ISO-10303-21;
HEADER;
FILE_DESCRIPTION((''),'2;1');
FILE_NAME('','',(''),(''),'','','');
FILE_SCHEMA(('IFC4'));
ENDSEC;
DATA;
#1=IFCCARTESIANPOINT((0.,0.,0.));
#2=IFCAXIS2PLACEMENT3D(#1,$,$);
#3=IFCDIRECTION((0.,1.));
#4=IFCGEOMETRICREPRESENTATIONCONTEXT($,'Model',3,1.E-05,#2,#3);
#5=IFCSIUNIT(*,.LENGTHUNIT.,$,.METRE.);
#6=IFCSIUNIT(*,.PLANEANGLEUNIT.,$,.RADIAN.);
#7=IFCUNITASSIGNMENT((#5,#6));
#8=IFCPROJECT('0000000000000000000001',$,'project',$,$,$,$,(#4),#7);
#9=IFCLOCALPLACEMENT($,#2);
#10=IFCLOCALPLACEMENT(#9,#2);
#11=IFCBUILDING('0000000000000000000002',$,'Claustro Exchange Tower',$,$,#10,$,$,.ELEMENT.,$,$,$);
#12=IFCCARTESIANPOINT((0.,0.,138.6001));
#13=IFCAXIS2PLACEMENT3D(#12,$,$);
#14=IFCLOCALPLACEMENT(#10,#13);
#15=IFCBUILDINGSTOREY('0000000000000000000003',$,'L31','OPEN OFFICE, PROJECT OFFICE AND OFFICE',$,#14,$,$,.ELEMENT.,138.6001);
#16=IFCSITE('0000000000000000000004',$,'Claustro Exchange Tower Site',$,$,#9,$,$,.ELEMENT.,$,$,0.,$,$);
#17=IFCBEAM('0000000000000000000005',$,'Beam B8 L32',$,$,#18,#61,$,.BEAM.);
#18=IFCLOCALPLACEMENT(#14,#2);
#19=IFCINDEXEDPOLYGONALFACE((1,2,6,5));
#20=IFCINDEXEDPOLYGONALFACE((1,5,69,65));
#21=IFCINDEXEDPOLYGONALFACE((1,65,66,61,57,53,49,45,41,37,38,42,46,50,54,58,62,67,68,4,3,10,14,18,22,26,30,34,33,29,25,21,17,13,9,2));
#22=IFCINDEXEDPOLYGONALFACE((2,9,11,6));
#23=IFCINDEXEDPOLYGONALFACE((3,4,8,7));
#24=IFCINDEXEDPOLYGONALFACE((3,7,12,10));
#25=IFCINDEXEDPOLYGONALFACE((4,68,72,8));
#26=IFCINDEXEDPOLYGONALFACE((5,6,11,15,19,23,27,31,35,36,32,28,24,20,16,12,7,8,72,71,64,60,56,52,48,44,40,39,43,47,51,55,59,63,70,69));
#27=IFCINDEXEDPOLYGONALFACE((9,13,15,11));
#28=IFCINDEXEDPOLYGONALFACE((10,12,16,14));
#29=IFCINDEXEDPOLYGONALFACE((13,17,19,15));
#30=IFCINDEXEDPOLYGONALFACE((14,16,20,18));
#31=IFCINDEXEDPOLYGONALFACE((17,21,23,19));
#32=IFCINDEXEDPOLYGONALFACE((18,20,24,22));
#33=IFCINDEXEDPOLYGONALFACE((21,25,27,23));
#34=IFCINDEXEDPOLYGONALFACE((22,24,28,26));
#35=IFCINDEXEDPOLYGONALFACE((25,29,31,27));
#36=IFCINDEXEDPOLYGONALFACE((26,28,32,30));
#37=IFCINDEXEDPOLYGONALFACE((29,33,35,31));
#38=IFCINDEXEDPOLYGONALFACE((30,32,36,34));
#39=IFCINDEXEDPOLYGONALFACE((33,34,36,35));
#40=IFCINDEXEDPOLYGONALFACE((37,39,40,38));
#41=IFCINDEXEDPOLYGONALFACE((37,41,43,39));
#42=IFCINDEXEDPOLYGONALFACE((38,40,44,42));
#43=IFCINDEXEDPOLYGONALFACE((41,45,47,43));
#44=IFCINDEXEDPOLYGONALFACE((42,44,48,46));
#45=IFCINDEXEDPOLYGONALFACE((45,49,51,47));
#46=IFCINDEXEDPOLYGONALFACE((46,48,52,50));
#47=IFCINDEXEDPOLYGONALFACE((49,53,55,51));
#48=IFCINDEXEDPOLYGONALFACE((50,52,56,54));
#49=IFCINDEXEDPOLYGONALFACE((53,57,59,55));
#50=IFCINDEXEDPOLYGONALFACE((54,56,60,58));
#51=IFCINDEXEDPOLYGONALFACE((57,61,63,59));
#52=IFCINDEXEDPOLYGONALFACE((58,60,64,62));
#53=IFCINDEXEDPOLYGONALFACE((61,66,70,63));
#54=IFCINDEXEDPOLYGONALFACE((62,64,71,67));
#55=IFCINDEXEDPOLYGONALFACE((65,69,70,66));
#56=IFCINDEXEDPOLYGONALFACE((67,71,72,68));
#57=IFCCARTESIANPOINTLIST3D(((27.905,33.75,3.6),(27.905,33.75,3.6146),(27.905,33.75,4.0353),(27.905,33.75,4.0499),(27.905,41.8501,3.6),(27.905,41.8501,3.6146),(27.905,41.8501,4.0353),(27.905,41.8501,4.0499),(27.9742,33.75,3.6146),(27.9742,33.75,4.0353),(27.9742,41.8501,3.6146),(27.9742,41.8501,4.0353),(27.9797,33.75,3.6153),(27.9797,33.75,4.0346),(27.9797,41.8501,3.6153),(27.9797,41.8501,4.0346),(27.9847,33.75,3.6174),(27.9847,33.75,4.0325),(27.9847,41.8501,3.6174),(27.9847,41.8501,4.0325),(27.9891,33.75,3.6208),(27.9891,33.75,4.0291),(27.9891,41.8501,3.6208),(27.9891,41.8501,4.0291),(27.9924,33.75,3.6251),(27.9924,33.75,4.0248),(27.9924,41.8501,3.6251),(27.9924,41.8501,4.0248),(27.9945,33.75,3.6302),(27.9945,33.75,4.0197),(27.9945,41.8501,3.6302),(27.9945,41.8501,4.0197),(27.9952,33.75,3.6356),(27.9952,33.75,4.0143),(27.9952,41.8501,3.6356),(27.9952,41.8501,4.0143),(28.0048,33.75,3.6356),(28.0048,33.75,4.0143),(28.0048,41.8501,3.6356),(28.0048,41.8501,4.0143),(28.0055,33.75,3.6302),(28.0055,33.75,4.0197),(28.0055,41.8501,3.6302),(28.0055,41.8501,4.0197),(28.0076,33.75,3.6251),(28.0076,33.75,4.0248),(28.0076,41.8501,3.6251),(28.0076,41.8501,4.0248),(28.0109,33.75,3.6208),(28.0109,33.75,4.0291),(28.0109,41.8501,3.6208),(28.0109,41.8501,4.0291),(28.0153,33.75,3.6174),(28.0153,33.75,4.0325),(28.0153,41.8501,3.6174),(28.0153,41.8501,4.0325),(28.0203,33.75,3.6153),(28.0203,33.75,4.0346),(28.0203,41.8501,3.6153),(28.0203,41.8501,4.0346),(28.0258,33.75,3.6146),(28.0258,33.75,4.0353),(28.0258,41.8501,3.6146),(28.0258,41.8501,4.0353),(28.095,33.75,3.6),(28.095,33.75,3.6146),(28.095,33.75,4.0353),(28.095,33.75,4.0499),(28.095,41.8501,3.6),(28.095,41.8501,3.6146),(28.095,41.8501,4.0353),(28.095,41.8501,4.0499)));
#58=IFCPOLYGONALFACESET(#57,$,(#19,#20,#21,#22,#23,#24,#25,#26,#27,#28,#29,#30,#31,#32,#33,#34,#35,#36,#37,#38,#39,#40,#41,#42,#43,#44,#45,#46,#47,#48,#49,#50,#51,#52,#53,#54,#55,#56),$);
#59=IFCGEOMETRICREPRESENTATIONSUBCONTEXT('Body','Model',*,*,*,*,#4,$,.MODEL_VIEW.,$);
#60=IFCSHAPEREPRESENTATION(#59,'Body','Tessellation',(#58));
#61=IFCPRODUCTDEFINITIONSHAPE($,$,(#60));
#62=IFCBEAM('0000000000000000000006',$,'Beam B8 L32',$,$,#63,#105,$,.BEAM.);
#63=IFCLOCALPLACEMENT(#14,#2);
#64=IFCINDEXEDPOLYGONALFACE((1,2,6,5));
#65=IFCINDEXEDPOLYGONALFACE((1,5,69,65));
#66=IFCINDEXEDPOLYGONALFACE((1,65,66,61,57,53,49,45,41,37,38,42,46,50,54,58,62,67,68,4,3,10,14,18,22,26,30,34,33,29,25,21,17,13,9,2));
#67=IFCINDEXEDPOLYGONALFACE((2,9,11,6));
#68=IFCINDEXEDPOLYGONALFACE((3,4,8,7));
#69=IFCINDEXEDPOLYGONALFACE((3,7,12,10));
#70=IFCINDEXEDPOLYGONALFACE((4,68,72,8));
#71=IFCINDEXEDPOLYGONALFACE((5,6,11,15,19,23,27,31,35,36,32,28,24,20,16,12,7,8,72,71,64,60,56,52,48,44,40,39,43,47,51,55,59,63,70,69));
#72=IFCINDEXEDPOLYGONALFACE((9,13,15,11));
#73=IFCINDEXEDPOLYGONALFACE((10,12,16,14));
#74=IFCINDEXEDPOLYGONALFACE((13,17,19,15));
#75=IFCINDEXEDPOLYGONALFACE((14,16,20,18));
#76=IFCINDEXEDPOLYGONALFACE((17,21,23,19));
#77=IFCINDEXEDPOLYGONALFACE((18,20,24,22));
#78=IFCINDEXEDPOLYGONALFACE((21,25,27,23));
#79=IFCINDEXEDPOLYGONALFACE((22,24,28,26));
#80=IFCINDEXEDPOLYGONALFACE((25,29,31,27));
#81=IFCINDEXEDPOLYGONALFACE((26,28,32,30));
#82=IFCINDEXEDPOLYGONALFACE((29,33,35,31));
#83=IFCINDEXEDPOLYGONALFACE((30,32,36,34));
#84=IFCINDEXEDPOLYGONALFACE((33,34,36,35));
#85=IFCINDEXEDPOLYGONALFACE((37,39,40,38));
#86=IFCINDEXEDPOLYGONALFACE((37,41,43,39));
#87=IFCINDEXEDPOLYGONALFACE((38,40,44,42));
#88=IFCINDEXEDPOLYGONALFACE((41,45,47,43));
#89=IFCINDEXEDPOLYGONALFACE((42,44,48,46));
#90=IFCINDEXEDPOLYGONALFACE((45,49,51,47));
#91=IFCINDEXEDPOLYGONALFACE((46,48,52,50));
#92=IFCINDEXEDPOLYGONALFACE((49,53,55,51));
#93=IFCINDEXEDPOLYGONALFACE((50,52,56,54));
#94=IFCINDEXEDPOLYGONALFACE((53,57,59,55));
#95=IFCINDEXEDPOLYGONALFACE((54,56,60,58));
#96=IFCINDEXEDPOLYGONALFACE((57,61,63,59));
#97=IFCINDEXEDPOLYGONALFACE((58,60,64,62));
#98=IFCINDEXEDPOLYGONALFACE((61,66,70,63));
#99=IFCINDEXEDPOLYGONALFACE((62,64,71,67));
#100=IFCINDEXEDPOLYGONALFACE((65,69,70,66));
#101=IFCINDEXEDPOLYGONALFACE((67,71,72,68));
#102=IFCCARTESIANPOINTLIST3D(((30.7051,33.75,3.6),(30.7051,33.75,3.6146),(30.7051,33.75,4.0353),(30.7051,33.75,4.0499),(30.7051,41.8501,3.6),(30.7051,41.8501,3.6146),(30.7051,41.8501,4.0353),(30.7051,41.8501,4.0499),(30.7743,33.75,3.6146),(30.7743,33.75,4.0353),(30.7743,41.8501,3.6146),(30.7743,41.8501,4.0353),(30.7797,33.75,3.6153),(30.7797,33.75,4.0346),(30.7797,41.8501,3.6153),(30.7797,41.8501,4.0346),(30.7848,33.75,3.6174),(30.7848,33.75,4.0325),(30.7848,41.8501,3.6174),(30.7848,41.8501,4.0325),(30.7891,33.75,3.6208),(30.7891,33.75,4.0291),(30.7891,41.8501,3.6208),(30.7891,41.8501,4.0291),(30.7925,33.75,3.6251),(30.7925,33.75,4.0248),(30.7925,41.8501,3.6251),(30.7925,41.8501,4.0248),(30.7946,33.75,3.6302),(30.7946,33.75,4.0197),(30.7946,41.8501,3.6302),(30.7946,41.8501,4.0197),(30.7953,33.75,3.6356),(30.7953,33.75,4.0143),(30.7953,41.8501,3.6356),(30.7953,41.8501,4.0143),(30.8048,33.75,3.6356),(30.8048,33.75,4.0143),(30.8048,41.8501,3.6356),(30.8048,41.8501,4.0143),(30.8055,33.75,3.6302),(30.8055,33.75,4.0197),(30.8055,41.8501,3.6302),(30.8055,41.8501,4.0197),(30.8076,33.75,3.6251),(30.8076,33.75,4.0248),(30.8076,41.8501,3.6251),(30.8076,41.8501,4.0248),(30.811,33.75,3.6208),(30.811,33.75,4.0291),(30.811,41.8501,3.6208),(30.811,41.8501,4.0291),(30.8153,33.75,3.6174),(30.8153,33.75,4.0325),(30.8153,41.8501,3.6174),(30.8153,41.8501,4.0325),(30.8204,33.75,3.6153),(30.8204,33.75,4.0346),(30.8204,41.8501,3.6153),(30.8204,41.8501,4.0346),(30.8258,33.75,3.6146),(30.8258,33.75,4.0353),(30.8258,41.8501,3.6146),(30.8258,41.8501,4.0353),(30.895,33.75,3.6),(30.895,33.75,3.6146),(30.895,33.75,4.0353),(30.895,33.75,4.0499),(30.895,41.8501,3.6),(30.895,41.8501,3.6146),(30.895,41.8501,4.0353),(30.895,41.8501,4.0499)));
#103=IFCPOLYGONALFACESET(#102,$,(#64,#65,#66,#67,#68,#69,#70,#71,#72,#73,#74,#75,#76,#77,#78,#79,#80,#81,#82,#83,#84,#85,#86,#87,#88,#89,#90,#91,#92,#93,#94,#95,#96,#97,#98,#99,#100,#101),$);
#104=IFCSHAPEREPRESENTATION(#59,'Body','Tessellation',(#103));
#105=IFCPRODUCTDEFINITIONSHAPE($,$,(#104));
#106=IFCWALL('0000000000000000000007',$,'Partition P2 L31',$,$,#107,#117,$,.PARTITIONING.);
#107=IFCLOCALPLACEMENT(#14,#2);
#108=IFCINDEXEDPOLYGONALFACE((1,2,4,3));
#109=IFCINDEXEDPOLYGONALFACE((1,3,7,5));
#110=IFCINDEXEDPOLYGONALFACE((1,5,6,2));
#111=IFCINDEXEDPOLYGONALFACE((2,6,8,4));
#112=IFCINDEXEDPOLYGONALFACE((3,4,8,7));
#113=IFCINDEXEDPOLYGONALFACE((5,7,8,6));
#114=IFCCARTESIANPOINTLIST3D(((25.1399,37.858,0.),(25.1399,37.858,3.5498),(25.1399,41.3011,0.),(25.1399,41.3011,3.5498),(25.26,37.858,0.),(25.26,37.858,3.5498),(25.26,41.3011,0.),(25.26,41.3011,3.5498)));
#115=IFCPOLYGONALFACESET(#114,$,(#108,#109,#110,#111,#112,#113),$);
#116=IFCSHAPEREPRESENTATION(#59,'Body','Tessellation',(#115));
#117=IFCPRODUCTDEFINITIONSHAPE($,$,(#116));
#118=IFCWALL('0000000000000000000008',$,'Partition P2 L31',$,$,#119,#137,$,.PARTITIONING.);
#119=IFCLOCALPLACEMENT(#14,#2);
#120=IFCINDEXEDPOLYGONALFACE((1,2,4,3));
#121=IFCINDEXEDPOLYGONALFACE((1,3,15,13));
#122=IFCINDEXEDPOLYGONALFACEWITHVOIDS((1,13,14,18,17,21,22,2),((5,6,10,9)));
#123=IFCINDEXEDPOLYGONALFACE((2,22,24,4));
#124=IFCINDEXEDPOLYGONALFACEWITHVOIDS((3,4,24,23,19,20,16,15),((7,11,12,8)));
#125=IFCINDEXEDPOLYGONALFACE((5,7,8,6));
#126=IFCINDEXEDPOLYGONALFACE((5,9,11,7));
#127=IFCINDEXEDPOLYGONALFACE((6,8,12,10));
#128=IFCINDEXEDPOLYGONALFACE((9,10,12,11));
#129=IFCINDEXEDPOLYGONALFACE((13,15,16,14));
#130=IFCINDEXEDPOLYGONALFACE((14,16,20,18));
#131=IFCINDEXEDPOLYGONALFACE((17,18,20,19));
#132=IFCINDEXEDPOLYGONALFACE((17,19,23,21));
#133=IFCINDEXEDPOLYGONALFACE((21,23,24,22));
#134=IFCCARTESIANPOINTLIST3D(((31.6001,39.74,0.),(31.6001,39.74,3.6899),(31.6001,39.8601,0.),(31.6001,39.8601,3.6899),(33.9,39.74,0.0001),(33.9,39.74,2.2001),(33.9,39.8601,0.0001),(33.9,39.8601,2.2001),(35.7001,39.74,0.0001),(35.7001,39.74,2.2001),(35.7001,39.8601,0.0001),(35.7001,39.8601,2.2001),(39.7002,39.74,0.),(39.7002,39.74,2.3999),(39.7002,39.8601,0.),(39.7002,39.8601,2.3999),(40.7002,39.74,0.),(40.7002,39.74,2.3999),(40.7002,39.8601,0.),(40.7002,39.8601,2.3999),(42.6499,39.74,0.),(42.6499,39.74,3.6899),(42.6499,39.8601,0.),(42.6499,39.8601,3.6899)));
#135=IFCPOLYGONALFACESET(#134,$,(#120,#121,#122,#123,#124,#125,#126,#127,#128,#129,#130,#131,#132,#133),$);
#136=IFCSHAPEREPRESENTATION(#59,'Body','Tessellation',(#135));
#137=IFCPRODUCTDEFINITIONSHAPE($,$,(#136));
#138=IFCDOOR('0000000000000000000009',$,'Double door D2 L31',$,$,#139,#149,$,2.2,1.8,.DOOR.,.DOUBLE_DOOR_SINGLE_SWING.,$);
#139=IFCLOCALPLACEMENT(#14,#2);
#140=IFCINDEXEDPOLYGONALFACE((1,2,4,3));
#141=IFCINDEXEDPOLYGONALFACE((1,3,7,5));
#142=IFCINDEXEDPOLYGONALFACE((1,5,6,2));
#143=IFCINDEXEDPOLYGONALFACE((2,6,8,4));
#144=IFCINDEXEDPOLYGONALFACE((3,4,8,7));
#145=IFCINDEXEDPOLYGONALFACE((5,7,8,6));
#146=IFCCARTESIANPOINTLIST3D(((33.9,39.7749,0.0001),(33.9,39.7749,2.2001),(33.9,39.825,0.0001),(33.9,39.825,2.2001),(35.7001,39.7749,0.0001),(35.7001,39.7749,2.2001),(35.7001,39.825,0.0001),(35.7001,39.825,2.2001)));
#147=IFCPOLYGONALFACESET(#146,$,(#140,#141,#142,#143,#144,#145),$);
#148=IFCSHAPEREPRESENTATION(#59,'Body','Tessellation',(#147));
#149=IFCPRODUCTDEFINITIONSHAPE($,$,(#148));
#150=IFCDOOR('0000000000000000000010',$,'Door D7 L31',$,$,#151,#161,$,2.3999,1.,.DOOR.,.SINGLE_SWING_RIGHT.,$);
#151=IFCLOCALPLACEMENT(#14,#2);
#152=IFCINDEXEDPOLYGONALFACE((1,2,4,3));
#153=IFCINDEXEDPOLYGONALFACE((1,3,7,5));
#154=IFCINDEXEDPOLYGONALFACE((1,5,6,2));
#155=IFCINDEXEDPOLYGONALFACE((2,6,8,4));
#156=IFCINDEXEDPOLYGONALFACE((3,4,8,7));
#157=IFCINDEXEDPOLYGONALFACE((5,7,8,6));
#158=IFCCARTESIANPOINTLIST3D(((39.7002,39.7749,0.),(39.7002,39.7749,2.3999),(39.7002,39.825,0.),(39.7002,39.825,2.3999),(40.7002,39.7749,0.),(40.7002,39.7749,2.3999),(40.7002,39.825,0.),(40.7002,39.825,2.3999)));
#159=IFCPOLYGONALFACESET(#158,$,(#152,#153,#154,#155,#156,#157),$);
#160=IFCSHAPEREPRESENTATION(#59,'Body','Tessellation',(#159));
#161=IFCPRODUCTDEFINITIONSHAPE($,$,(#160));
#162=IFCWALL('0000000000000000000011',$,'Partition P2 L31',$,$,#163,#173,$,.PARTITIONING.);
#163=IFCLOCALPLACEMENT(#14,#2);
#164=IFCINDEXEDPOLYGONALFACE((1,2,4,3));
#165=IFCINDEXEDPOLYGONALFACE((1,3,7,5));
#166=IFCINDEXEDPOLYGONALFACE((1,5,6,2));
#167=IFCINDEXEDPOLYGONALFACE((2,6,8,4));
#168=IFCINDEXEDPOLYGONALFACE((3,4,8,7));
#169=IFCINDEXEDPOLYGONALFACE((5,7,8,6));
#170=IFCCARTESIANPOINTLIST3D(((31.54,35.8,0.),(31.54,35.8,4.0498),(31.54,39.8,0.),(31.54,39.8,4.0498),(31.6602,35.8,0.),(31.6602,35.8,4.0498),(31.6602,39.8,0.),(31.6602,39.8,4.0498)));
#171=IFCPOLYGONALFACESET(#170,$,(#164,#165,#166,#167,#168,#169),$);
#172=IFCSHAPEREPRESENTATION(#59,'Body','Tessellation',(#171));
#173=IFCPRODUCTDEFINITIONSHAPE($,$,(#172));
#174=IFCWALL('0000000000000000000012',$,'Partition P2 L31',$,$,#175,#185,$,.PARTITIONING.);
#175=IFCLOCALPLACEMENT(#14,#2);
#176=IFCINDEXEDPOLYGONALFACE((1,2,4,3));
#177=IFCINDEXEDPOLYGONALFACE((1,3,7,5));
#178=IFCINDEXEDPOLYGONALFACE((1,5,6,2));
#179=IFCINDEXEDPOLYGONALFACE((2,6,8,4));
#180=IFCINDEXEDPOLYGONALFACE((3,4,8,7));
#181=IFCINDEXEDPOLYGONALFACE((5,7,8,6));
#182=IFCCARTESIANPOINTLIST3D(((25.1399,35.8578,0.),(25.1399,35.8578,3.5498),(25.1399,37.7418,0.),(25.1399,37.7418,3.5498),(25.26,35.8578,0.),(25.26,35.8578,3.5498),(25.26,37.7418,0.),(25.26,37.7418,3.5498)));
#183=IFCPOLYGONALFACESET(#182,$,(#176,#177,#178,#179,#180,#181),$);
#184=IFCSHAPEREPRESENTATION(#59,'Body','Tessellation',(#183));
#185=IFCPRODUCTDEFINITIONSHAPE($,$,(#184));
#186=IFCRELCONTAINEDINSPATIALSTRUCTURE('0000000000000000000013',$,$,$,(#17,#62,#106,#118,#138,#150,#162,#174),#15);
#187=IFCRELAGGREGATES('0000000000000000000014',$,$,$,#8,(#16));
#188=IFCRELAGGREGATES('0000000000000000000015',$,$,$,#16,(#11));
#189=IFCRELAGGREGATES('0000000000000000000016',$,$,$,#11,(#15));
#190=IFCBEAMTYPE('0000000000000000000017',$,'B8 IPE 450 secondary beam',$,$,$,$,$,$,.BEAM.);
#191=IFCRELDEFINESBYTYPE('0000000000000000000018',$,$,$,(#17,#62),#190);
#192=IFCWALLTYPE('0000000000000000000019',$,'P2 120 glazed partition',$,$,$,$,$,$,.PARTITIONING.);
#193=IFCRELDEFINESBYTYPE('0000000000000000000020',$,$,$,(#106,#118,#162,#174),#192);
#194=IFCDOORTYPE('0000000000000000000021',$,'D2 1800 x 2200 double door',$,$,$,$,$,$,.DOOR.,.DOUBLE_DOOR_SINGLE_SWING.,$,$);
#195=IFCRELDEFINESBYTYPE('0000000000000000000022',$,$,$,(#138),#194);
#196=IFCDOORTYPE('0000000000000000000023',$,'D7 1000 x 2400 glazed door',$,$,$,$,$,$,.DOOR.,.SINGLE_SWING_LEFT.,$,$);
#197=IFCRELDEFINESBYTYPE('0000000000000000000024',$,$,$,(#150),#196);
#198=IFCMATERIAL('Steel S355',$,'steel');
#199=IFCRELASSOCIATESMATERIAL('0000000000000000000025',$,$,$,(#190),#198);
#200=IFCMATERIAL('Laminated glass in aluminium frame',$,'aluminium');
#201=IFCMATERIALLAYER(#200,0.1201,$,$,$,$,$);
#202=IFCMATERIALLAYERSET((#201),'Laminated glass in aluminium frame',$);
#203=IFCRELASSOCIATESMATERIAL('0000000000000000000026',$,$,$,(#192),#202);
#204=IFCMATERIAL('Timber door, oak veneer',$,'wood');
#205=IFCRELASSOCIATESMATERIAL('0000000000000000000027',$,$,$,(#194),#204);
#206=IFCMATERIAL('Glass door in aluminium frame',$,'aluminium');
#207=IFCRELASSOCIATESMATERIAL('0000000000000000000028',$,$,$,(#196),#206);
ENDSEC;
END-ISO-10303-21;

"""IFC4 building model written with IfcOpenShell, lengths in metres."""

from ifc_helpers import new_model, si_unit, direction, frame, frame_2d, origin, origin_2d, place, context, subcontext, project, spatial, rectangle, i_section, extrude, material, layer, layer_set, material_profile, profile_set, type_object, element, fill, save


model = new_model("IFC4")

# Units and contexts
model_context = context("Model", 3, precision=1e-05, world=origin(), true_north=direction((0.0, 1.0)))
body_context = subcontext(model_context, "Body", "Model", "MODEL_VIEW")
ifc_project = project(units=[si_unit("LENGTHUNIT", "METRE"), si_unit("PLANEANGLEUNIT", "RADIAN")], contexts=[model_context])

# Site, building, storey
site_placement = place(None, origin())
site = spatial("IfcSite", under=ifc_project, at=site_placement, Name="Claustro Exchange Tower Site", CompositionType="ELEMENT", RefElevation=0.0)
building_placement = place(site_placement, origin())
building = spatial("IfcBuilding", under=site, at=building_placement, Name="Claustro Exchange Tower", CompositionType="ELEMENT")
storey_placement = place(building_placement, frame((0.0, 0.0, 138.6001)))
storey = spatial("IfcBuildingStorey", under=building, at=storey_placement, Name="L31", Description="OPEN OFFICE, PROJECT OFFICE AND OFFICE", CompositionType="ELEMENT", Elevation=138.6001)

# Beams
ifc_material_1 = material(Name="Steel S355", Category="steel")
ifc_material_profile_1 = material_profile(ifc_material_1, i_section(OverallWidth=0.1899, OverallDepth=0.45, WebThickness=0.0095, FlangeThickness=0.0146, FilletRadius=0.021, at=origin_2d()), Name="IPE 450")
ifc_profile_set_1 = profile_set([ifc_material_profile_1], Name="Steel S355")
beam_type_1 = type_object("IfcBeamType", Name="B8 IPE 450 secondary beam", PredefinedType="BEAM", material=ifc_profile_set_1)
for number, where, z_axis, x_axis, name in (
    (1, (28.0, 33.75, 3.825), (0.0, 1.0, 0.0), (-1.0, 0.0, 0.0), "Beam B8 L32"),
    (2, (30.8, 33.75, 3.825), (0.0, 1.0, 0.0), (-1.0, 0.0, 0.0), "Beam B8 L32"),
):
    element("IfcBeam", number, at=place(storey_placement, frame(where, z_axis=z_axis, x_axis=x_axis)), inside=storey, type_object=beam_type_1, Name=name, PredefinedType="BEAM", context=body_context, shape_type="SweptSolid", body=[
        extrude(i_section(OverallWidth=0.1899, OverallDepth=0.45, WebThickness=0.0095, FlangeThickness=0.0146, FilletRadius=0.021, at=origin_2d()), origin(), (0.0, 0.0, 1.0), 8.1001),
    ])

# Wall
ifc_material_2 = material(Name="Laminated glass in aluminium frame", Category="aluminium")
ifc_layer_1 = layer(ifc_material_2, 0.1201)
ifc_layer_set_1 = layer_set([ifc_layer_1], Name="Laminated glass in aluminium frame")
wall_type_1 = type_object("IfcWallType", Name="P2 120 glazed partition", PredefinedType="PARTITIONING", material=ifc_layer_set_1)
wall_1_placement = place(storey_placement, frame((25.2, 37.8579, 0.0), z_axis=(0.0, 0.0, 1.0), x_axis=(0.0, 1.0, 0.0)))
element("IfcWall", 3, at=wall_1_placement, inside=storey, type_object=wall_type_1, Name="Partition P2 L31", PredefinedType="PARTITIONING", context=body_context, shape_type="SweptSolid", body=[
    extrude(rectangle(XDim=3.4431, YDim=0.1201, at=frame_2d((1.7217, 0.0))), origin(), (0.0, 0.0, 1.0), 3.5498),
])

# Wall, openings, doors
wall_2_placement = place(storey_placement, frame((31.6001, 39.8, 0.0), z_axis=(0.0, 0.0, 1.0), x_axis=(1.0, 0.0, 0.0)))
wall_2 = element("IfcWall", 4, at=wall_2_placement, inside=storey, type_object=wall_type_1, Name="Partition P2 L31", PredefinedType="PARTITIONING", context=body_context, shape_type="SweptSolid", body=[
    extrude(rectangle(XDim=11.0498, YDim=0.1201, at=frame_2d((5.5249, 0.0))), origin(), (0.0, 0.0, 1.0), 3.6899),
])
opening_1_placement = place(wall_2_placement, frame((2.3, 0.0, 0.0)))
opening_1 = element("IfcOpeningElement", 5, at=opening_1_placement, cuts=wall_2, PredefinedType="OPENING", context=body_context, shape_type="SweptSolid", body=[
    extrude(rectangle(XDim=1.8, YDim=2.2, at=frame_2d((0.8999, 1.1001))), frame((0.0, 0.0701, 0.0), z_axis=(0.0, -1.0, 0.0), x_axis=(1.0, 0.0, 0.0)), (0.0, 0.0, 1.0), 0.1401),
])
opening_2_placement = place(wall_2_placement, frame((8.1001, 0.0, 0.0)))
opening_2 = element("IfcOpeningElement", 6, at=opening_2_placement, cuts=wall_2, PredefinedType="OPENING", context=body_context, shape_type="SweptSolid", body=[
    extrude(rectangle(XDim=1.0, YDim=2.3999, at=frame_2d((0.5, 1.2))), frame((0.0, 0.0701, 0.0), z_axis=(0.0, -1.0, 0.0), x_axis=(1.0, 0.0, 0.0)), (0.0, 0.0, 1.0), 0.1401),
])
ifc_material_3 = material(Name="Timber door, oak veneer", Category="wood")
door_type_1 = type_object("IfcDoorType", Name="D2 1800 x 2200 double door", OperationType="DOUBLE_DOOR_SINGLE_SWING", PredefinedType="DOOR", material=ifc_material_3)
door_1_placement = place(opening_1_placement, origin())
door_1 = element("IfcDoor", 7, at=door_1_placement, inside=storey, type_object=door_type_1, Name="Double door D2 L31", OperationType="DOUBLE_DOOR_SINGLE_SWING", OverallHeight=2.2, OverallWidth=1.8, PredefinedType="DOOR", context=body_context, shape_type="SweptSolid", body=[
    extrude(rectangle(XDim=1.8, YDim=2.2, at=frame_2d((0.8999, 1.1001))), frame((0.0, 0.0249, 0.0), z_axis=(0.0, -1.0, 0.0), x_axis=(1.0, 0.0, 0.0)), (0.0, 0.0, 1.0), 0.05),
])
fill(opening_1, door_1)
ifc_material_4 = material(Name="Glass door in aluminium frame", Category="aluminium")
door_type_2 = type_object("IfcDoorType", Name="D7 1000 x 2400 glazed door", OperationType="SINGLE_SWING_LEFT", PredefinedType="DOOR", material=ifc_material_4)
door_2_placement = place(opening_2_placement, origin())
door_2 = element("IfcDoor", 8, at=door_2_placement, inside=storey, type_object=door_type_2, Name="Door D7 L31", OperationType="SINGLE_SWING_RIGHT", OverallHeight=2.3999, OverallWidth=1.0, PredefinedType="DOOR", context=body_context, shape_type="SweptSolid", body=[
    extrude(rectangle(XDim=1.0, YDim=2.3999, at=frame_2d((0.5, 1.2))), frame((0.0, 0.0249, 0.0), z_axis=(0.0, -1.0, 0.0), x_axis=(1.0, 0.0, 0.0)), (0.0, 0.0, 1.0), 0.05),
])
fill(opening_2, door_2)

# Walls
wall_3_placement = place(storey_placement, frame((31.6001, 35.8, 0.0), z_axis=(0.0, 0.0, 1.0), x_axis=(0.0, 1.0, 0.0)))
element("IfcWall", 9, at=wall_3_placement, inside=storey, type_object=wall_type_1, Name="Partition P2 L31", PredefinedType="PARTITIONING", context=body_context, shape_type="SweptSolid", body=[
    extrude(rectangle(XDim=4.0, YDim=0.1201, at=frame_2d((2.0, 0.0))), origin(), (0.0, 0.0, 1.0), 4.0498),
])
wall_4_placement = place(storey_placement, frame((25.2, 35.8579, 0.0), z_axis=(0.0, 0.0, 1.0), x_axis=(0.0, 1.0, 0.0)))
element("IfcWall", 10, at=wall_4_placement, inside=storey, type_object=wall_type_1, Name="Partition P2 L31", PredefinedType="PARTITIONING", context=body_context, shape_type="SweptSolid", body=[
    extrude(rectangle(XDim=1.884, YDim=0.1201, at=frame_2d((0.9419, 0.0))), origin(), (0.0, 0.0, 1.0), 3.5498),
])

save(model, "model.ifc")
